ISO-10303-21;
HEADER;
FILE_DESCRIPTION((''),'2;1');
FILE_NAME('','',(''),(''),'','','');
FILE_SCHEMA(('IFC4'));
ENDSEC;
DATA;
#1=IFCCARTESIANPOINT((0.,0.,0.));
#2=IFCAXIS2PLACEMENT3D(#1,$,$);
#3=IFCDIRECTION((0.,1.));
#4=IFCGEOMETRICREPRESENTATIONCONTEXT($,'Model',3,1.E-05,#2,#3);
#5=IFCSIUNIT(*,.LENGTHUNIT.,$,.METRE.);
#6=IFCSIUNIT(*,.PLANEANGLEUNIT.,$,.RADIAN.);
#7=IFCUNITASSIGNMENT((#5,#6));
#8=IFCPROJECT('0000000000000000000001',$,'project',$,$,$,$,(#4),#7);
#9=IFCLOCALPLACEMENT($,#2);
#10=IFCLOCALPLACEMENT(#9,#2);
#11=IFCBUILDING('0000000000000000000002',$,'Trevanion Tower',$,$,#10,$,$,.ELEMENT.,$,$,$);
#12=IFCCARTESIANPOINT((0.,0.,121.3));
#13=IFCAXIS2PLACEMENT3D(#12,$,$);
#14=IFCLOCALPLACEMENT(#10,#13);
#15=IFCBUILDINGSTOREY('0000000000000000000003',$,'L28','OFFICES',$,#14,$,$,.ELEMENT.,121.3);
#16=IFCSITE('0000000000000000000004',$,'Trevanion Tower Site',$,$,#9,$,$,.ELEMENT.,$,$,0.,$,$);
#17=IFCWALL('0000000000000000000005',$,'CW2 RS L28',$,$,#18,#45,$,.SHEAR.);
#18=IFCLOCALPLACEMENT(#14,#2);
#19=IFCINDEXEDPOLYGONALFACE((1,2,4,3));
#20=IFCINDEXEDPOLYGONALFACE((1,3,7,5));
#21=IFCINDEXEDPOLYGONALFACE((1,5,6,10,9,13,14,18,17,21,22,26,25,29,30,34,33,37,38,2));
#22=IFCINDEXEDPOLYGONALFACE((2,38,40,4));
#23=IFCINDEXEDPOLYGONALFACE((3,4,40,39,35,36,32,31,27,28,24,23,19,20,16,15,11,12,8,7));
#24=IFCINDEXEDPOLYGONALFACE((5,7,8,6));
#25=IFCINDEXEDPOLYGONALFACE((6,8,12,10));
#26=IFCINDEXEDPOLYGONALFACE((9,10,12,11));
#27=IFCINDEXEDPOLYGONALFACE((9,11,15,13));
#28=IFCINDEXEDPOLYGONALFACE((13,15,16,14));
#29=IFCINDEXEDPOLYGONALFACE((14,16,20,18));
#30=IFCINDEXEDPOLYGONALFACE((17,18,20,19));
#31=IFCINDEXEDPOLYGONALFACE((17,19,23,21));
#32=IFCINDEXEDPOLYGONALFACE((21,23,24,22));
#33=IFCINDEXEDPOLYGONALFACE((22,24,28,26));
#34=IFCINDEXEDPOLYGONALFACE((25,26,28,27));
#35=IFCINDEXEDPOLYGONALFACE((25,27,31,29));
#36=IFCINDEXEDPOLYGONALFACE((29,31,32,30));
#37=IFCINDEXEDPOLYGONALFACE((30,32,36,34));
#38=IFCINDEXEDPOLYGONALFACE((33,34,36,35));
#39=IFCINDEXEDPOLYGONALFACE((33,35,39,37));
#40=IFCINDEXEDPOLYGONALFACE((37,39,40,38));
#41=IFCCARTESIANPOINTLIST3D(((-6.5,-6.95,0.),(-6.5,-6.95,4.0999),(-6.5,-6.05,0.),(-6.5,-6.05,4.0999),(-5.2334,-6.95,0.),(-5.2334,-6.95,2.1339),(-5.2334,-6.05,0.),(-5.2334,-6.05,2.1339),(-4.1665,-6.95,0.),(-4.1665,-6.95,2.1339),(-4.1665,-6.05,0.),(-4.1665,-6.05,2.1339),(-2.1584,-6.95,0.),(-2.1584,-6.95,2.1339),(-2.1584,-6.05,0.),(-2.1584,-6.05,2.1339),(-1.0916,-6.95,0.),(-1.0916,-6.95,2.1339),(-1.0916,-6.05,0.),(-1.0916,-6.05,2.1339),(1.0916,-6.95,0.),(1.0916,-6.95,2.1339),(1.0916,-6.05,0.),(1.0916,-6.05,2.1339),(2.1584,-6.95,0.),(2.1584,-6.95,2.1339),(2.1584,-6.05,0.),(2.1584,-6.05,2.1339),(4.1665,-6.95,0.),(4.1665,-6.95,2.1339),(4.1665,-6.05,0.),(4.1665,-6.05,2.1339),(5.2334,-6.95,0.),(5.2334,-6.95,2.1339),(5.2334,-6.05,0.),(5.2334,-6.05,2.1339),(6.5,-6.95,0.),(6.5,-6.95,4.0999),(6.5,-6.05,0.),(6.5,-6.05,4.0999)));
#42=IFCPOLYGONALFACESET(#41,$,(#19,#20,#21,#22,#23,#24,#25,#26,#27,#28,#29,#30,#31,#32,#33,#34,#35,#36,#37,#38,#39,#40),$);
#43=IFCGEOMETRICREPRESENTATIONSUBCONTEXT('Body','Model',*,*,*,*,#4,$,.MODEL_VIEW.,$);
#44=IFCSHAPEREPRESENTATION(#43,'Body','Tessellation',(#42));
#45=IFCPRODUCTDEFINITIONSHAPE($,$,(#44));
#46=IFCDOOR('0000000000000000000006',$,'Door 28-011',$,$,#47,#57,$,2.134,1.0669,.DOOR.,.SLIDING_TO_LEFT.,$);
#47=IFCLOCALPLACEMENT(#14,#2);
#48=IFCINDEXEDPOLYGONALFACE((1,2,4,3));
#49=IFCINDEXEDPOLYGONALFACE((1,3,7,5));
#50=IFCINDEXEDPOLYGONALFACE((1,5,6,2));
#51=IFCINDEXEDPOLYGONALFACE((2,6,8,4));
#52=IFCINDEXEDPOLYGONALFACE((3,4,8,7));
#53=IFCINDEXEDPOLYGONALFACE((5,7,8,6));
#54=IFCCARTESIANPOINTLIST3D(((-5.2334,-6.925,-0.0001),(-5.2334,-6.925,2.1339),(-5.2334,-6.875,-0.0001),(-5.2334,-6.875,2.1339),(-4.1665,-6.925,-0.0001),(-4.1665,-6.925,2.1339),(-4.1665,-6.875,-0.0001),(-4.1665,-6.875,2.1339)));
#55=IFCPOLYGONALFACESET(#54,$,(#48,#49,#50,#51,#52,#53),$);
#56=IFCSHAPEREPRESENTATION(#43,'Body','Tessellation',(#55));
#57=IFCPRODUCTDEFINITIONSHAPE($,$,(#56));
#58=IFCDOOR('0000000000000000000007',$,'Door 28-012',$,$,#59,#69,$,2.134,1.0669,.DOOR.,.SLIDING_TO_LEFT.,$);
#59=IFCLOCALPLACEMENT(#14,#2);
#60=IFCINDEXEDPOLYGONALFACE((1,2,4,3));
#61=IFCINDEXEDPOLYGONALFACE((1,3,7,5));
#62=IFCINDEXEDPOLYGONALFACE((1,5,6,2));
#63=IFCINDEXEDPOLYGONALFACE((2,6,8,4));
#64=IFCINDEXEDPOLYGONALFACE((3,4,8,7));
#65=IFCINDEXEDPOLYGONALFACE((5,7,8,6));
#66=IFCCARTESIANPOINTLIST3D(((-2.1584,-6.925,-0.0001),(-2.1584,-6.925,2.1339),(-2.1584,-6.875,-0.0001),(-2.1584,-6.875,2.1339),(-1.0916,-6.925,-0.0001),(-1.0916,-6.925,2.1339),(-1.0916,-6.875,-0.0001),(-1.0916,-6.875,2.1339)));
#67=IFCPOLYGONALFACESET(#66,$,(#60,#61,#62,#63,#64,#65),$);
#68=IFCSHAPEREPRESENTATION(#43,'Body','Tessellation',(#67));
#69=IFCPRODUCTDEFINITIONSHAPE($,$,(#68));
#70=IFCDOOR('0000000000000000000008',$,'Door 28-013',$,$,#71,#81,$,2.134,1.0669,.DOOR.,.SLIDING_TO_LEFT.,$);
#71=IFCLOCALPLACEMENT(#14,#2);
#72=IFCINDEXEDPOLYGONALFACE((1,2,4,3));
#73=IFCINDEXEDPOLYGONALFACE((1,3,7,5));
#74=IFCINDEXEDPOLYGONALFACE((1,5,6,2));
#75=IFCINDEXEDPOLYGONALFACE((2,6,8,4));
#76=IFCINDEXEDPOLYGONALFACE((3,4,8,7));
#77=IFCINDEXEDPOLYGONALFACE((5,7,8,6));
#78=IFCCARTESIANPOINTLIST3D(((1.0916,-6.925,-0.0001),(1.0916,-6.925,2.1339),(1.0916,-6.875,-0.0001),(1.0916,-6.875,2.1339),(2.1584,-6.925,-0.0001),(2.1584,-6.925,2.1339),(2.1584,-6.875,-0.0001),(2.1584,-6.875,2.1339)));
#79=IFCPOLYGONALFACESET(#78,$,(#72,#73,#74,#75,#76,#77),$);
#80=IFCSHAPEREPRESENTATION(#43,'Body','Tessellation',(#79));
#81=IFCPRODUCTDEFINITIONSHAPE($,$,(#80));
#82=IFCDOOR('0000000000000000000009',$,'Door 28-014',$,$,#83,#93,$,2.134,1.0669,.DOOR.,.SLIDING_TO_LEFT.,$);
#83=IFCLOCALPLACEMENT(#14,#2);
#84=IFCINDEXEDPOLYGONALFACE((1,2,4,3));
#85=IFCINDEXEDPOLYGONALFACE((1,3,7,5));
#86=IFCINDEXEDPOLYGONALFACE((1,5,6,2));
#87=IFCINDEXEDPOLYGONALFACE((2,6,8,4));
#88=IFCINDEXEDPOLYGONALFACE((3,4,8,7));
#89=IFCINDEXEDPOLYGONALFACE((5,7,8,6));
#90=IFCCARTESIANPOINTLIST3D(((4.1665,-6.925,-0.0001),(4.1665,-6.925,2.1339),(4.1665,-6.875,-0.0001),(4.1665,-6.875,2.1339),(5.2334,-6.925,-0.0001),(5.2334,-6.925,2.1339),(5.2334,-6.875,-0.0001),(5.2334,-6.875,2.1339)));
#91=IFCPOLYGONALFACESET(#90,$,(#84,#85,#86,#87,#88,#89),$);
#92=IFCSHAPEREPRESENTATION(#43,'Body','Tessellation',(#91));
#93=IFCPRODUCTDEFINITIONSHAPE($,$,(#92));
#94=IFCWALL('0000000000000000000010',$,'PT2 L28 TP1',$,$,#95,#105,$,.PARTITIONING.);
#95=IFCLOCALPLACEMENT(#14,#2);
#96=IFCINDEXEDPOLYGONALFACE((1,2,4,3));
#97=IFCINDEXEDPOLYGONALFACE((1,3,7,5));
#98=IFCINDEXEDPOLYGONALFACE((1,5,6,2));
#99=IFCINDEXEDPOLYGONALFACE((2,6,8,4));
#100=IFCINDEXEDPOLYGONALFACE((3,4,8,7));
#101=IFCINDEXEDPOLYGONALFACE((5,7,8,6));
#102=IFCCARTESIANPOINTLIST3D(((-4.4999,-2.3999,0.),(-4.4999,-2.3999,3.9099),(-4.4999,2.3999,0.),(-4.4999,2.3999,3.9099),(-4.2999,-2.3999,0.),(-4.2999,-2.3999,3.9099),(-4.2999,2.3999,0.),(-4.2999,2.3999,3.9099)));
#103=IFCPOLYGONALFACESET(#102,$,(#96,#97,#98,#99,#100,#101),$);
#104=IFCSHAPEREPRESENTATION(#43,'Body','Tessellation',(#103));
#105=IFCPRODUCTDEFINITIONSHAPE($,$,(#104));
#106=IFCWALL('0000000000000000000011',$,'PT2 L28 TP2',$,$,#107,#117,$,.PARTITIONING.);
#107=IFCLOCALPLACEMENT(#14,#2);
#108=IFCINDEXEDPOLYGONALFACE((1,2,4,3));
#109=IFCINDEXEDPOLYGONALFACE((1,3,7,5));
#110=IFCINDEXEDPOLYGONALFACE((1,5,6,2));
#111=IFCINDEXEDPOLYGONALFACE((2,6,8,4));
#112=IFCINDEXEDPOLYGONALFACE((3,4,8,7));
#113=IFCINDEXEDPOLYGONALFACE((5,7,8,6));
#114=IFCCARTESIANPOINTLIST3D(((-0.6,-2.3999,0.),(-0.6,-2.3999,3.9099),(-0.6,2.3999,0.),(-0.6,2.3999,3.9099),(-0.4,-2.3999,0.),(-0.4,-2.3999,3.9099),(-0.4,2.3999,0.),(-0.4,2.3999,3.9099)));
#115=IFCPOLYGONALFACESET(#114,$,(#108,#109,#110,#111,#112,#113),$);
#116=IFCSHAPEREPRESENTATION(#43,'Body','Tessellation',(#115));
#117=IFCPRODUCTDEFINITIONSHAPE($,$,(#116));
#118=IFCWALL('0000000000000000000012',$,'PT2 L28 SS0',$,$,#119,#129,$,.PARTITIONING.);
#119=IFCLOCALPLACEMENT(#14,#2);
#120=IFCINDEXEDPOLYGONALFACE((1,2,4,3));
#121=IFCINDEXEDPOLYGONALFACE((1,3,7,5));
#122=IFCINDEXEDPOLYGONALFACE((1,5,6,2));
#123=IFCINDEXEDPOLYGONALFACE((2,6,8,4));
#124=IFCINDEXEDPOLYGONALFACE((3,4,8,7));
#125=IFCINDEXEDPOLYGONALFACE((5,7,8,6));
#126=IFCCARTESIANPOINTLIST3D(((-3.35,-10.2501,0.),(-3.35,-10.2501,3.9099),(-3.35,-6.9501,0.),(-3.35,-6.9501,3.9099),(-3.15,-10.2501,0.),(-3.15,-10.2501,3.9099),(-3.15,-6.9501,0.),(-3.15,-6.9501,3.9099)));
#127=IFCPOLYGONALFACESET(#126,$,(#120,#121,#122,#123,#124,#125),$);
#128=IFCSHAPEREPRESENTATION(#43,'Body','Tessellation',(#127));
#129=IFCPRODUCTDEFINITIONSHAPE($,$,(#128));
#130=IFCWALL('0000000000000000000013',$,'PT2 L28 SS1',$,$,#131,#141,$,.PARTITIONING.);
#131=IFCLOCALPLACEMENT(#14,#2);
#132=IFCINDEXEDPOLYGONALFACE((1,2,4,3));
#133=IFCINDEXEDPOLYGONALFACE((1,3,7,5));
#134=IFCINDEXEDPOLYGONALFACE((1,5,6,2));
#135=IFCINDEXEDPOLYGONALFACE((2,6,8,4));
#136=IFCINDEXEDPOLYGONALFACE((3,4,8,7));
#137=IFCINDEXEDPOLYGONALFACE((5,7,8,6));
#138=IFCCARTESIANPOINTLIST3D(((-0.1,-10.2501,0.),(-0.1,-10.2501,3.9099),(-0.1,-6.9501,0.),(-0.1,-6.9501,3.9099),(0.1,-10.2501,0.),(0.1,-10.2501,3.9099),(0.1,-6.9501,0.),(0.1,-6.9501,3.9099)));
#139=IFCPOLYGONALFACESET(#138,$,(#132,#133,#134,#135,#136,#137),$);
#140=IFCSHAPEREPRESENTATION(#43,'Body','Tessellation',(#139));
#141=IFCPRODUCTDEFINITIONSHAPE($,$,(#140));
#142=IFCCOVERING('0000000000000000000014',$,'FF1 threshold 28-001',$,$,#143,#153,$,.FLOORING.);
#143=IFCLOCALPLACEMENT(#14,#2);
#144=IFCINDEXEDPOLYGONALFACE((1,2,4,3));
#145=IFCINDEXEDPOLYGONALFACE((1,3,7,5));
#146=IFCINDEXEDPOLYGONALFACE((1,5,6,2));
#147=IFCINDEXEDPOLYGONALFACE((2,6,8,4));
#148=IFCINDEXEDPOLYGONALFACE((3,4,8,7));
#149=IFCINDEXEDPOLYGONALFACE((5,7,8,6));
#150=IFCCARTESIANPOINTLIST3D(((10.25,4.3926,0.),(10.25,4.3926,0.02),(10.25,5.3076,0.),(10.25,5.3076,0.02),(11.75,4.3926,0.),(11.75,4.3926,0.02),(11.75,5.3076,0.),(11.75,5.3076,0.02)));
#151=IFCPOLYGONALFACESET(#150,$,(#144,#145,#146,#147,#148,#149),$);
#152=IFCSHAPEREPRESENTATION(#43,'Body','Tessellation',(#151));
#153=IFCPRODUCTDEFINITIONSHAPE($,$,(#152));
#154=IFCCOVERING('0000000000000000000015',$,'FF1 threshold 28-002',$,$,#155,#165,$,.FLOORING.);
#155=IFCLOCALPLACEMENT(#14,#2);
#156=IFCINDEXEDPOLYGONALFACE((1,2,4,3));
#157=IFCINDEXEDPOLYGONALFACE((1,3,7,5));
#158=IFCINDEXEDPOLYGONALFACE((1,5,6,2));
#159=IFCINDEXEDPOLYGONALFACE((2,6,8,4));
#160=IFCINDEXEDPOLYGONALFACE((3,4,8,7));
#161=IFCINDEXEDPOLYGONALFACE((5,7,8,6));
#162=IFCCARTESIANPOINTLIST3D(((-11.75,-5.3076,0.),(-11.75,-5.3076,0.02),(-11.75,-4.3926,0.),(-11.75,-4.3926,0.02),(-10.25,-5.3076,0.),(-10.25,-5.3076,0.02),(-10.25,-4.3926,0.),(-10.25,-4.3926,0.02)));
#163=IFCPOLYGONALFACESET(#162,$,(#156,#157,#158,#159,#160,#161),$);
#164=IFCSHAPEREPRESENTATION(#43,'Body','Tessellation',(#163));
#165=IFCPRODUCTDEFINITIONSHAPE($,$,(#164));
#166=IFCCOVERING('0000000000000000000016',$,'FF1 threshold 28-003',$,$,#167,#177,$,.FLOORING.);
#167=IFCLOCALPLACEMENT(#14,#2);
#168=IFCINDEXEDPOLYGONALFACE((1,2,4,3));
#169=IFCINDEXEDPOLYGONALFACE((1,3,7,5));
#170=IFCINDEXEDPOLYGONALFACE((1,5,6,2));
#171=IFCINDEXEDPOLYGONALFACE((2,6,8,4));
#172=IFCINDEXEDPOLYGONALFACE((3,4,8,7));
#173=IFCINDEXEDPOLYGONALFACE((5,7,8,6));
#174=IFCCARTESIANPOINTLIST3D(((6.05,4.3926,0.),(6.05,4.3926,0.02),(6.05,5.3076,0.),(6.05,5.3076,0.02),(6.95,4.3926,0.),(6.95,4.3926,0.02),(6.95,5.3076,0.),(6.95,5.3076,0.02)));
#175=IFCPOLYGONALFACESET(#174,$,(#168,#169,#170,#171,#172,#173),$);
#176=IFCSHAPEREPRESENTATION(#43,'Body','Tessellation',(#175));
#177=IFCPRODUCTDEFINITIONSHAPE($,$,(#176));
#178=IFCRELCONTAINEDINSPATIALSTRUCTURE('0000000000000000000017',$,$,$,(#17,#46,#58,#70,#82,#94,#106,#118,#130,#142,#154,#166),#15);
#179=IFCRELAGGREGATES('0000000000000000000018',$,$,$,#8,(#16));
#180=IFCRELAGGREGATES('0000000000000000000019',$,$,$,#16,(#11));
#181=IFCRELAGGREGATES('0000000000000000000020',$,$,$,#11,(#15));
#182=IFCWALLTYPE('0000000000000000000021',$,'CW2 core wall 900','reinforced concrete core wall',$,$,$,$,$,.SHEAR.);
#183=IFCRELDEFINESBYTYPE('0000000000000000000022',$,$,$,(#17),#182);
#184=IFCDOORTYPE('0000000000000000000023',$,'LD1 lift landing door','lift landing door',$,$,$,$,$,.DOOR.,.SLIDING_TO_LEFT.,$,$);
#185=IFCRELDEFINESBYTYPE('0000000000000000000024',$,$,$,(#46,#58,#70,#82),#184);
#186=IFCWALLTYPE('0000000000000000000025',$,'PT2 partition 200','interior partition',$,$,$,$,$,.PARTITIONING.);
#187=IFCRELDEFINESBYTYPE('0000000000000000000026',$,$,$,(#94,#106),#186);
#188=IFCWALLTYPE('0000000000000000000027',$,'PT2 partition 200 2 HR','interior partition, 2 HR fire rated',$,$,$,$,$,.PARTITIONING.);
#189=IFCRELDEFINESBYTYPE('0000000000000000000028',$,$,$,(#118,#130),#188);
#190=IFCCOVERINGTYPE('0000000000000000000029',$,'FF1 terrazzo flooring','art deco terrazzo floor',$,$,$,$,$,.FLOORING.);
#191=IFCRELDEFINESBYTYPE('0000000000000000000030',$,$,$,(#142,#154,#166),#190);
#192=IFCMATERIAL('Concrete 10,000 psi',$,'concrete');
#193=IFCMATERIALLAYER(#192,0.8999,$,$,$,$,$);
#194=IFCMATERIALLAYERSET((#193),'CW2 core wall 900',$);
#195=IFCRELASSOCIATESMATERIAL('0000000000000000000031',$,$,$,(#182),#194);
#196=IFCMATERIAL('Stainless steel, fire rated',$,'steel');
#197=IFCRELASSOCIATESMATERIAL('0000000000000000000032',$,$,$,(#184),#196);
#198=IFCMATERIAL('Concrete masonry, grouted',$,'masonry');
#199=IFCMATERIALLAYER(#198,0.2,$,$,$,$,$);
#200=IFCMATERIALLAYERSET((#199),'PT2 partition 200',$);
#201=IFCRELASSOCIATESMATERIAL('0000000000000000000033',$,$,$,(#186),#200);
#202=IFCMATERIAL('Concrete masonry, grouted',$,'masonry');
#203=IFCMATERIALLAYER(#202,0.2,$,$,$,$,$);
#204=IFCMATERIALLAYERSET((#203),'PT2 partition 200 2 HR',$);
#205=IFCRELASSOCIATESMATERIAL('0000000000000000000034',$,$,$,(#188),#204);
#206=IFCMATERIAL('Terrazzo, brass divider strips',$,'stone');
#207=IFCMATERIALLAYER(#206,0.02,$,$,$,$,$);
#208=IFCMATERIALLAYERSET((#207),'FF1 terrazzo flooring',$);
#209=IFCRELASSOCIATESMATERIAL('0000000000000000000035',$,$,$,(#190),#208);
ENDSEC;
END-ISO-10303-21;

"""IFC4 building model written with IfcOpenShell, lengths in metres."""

from ifc_helpers import new_model, si_unit, direction, frame, frame_2d, origin, place, context, subcontext, project, spatial, polyline, rectangle, outline, extrude, material, layer, layer_set, type_object, element, fill, save


model = new_model("IFC4")

# Units and contexts
model_context = context("Model", 3, precision=1e-05, world=origin(), true_north=direction((0.0, 1.0)))
body_context = subcontext(model_context, "Body", "Model", "MODEL_VIEW")
ifc_project = project(units=[si_unit("LENGTHUNIT", "METRE"), si_unit("PLANEANGLEUNIT", "RADIAN")], contexts=[model_context])

# Site, building, storey
site_placement = place(None, origin())
site = spatial("IfcSite", under=ifc_project, at=site_placement, Name="Trevanion Tower Site", CompositionType="ELEMENT", RefElevation=0.0)
building_placement = place(site_placement, origin())
building = spatial("IfcBuilding", under=site, at=building_placement, Name="Trevanion Tower", CompositionType="ELEMENT")
storey_placement = place(building_placement, frame((0.0, 0.0, 121.3)))
storey = spatial("IfcBuildingStorey", under=building, at=storey_placement, Name="L28", Description="OFFICES", CompositionType="ELEMENT", Elevation=121.3)

# Wall, openings, doors
ifc_material_1 = material(Name="Concrete 10,000 psi", Category="concrete")
ifc_layer_1 = layer(ifc_material_1, 0.8999)
ifc_layer_set_1 = layer_set([ifc_layer_1], Name="CW2 core wall 900")
wall_type_1 = type_object("IfcWallType", Name="CW2 core wall 900", Description="reinforced concrete core wall", PredefinedType="SHEAR", material=ifc_layer_set_1)
wall_placement = place(storey_placement, frame((-6.5, -6.5, 0.0), z_axis=(0.0, 0.0, 1.0), x_axis=(1.0, 0.0, 0.0)))
wall = element("IfcWall", 1, at=wall_placement, inside=storey, type_object=wall_type_1, Name="CW2 RS L28", PredefinedType="SHEAR", context=body_context, shape_type="SweptSolid", body=[
    extrude(rectangle(XDim=13.0, YDim=0.8999, at=frame_2d((6.5, 0.0))), origin(), (0.0, 0.0, 1.0), 4.0999),
])
opening_1_placement = place(wall_placement, frame((1.2666, 0.0, 0.0)))
opening_1 = element("IfcOpeningElement", 2, at=opening_1_placement, cuts=wall, PredefinedType="OPENING", context=body_context, shape_type="SweptSolid", body=[
    extrude(rectangle(XDim=1.0669, YDim=2.134, at=frame_2d((0.5334, 1.0669))), frame((0.0, 0.46, 0.0), z_axis=(0.0, -1.0, 0.0), x_axis=(1.0, 0.0, 0.0)), (0.0, 0.0, 1.0), 0.9199),
])
opening_2_placement = place(wall_placement, frame((4.3416, 0.0, 0.0)))
opening_2 = element("IfcOpeningElement", 3, at=opening_2_placement, cuts=wall, PredefinedType="OPENING", context=body_context, shape_type="SweptSolid", body=[
    extrude(rectangle(XDim=1.0669, YDim=2.134, at=frame_2d((0.5334, 1.0669))), frame((0.0, 0.46, 0.0), z_axis=(0.0, -1.0, 0.0), x_axis=(1.0, 0.0, 0.0)), (0.0, 0.0, 1.0), 0.9199),
])
opening_3_placement = place(wall_placement, frame((7.5916, 0.0, 0.0)))
opening_3 = element("IfcOpeningElement", 4, at=opening_3_placement, cuts=wall, PredefinedType="OPENING", context=body_context, shape_type="SweptSolid", body=[
    extrude(rectangle(XDim=1.0669, YDim=2.134, at=frame_2d((0.5334, 1.0669))), frame((0.0, 0.46, 0.0), z_axis=(0.0, -1.0, 0.0), x_axis=(1.0, 0.0, 0.0)), (0.0, 0.0, 1.0), 0.9199),
])
opening_4_placement = place(wall_placement, frame((10.6665, 0.0, 0.0)))
opening_4 = element("IfcOpeningElement", 5, at=opening_4_placement, cuts=wall, PredefinedType="OPENING", context=body_context, shape_type="SweptSolid", body=[
    extrude(rectangle(XDim=1.0669, YDim=2.134, at=frame_2d((0.5334, 1.0669))), frame((0.0, 0.46, 0.0), z_axis=(0.0, -1.0, 0.0), x_axis=(1.0, 0.0, 0.0)), (0.0, 0.0, 1.0), 0.9199),
])
ifc_material_2 = material(Name="Stainless steel, fire rated", Category="steel")
door_type = type_object("IfcDoorType", Name="LD1 lift landing door", Description="lift landing door", OperationType="SLIDING_TO_LEFT", PredefinedType="DOOR", material=ifc_material_2)
door_1_placement = place(opening_1_placement, origin())
door_1 = element("IfcDoor", 6, at=door_1_placement, inside=storey, type_object=door_type, Name="Door 28-011", OperationType="SLIDING_TO_LEFT", OverallHeight=2.134, OverallWidth=1.0669, PredefinedType="DOOR", context=body_context, shape_type="SweptSolid", body=[
    extrude(rectangle(XDim=1.0669, YDim=2.134, at=frame_2d((0.5334, 1.0669))), frame((0.0, -0.375, 0.0), z_axis=(0.0, -1.0, 0.0), x_axis=(1.0, 0.0, 0.0)), (0.0, 0.0, 1.0), 0.05),
])
fill(opening_1, door_1)
door_2_placement = place(opening_2_placement, origin())
door_2 = element("IfcDoor", 7, at=door_2_placement, inside=storey, type_object=door_type, Name="Door 28-012", OperationType="SLIDING_TO_LEFT", OverallHeight=2.134, OverallWidth=1.0669, PredefinedType="DOOR", context=body_context, shape_type="SweptSolid", body=[
    extrude(rectangle(XDim=1.0669, YDim=2.134, at=frame_2d((0.5334, 1.0669))), frame((0.0, -0.375, 0.0), z_axis=(0.0, -1.0, 0.0), x_axis=(1.0, 0.0, 0.0)), (0.0, 0.0, 1.0), 0.05),
])
fill(opening_2, door_2)
door_3_placement = place(opening_3_placement, origin())
door_3 = element("IfcDoor", 8, at=door_3_placement, inside=storey, type_object=door_type, Name="Door 28-013", OperationType="SLIDING_TO_LEFT", OverallHeight=2.134, OverallWidth=1.0669, PredefinedType="DOOR", context=body_context, shape_type="SweptSolid", body=[
    extrude(rectangle(XDim=1.0669, YDim=2.134, at=frame_2d((0.5334, 1.0669))), frame((0.0, -0.375, 0.0), z_axis=(0.0, -1.0, 0.0), x_axis=(1.0, 0.0, 0.0)), (0.0, 0.0, 1.0), 0.05),
])
fill(opening_3, door_3)
door_4_placement = place(opening_4_placement, origin())
door_4 = element("IfcDoor", 9, at=door_4_placement, inside=storey, type_object=door_type, Name="Door 28-014", OperationType="SLIDING_TO_LEFT", OverallHeight=2.134, OverallWidth=1.0669, PredefinedType="DOOR", context=body_context, shape_type="SweptSolid", body=[
    extrude(rectangle(XDim=1.0669, YDim=2.134, at=frame_2d((0.5334, 1.0669))), frame((0.0, -0.375, 0.0), z_axis=(0.0, -1.0, 0.0), x_axis=(1.0, 0.0, 0.0)), (0.0, 0.0, 1.0), 0.05),
])
fill(opening_4, door_4)

# Walls
ifc_material_3 = material(Name="Concrete masonry, grouted", Category="masonry")
ifc_layer_2 = layer(ifc_material_3, 0.2)
ifc_layer_set_2 = layer_set([ifc_layer_2], Name="PT2 partition 200")
wall_type_2 = type_object("IfcWallType", Name="PT2 partition 200", Description="interior partition", PredefinedType="PARTITIONING", material=ifc_layer_set_2)
for number, where, z_axis, x_axis, name in (
    (10, (-4.3999, -2.3999, 0.0), (0.0, 0.0, 1.0), (0.0, 1.0, 0.0), "PT2 L28 TP1"),
    (11, (-0.5, -2.3999, 0.0), (0.0, 0.0, 1.0), (0.0, 1.0, 0.0), "PT2 L28 TP2"),
):
    element("IfcWall", number, at=place(storey_placement, frame(where, z_axis=z_axis, x_axis=x_axis)), inside=storey, type_object=wall_type_2, Name=name, PredefinedType="PARTITIONING", context=body_context, shape_type="SweptSolid", body=[
        extrude(rectangle(XDim=4.7998, YDim=0.2, at=frame_2d((2.3999, 0.0))), origin(), (0.0, 0.0, 1.0), 3.9099),
    ])
ifc_material_4 = material(Name="Concrete masonry, grouted", Category="masonry")
ifc_layer_3 = layer(ifc_material_4, 0.2)
ifc_layer_set_3 = layer_set([ifc_layer_3], Name="PT2 partition 200 2 HR")
wall_type_3 = type_object("IfcWallType", Name="PT2 partition 200 2 HR", Description="interior partition, 2 HR fire rated", PredefinedType="PARTITIONING", material=ifc_layer_set_3)
for number, where, z_axis, x_axis, name in (
    (12, (-3.25, -10.25, 0.0), (0.0, 0.0, 1.0), (0.0, 1.0, 0.0), "PT2 L28 SS0"),
    (13, (0.0, -10.25, 0.0), (0.0, 0.0, 1.0), (0.0, 1.0, 0.0), "PT2 L28 SS1"),
):
    element("IfcWall", number, at=place(storey_placement, frame(where, z_axis=z_axis, x_axis=x_axis)), inside=storey, type_object=wall_type_3, Name=name, PredefinedType="PARTITIONING", context=body_context, shape_type="SweptSolid", body=[
        extrude(rectangle(XDim=3.3, YDim=0.2, at=frame_2d((1.6499, 0.0))), origin(), (0.0, 0.0, 1.0), 3.9099),
    ])

# Coverings
ifc_material_5 = material(Name="Terrazzo, brass divider strips", Category="stone")
ifc_layer_4 = layer(ifc_material_5, 0.02)
ifc_layer_set_4 = layer_set([ifc_layer_4], Name="FF1 terrazzo flooring")
covering_type = type_object("IfcCoveringType", Name="FF1 terrazzo flooring", Description="art deco terrazzo floor", PredefinedType="FLOORING", material=ifc_layer_set_4)
covering_1_placement = place(storey_placement, origin())
element("IfcCovering", 14, at=covering_1_placement, inside=storey, type_object=covering_type, Name="FF1 threshold 28-001", PredefinedType="FLOORING", context=body_context, shape_type="SweptSolid", body=[
    extrude(outline(polyline([(11.75, 4.3926), (11.75, 5.3076), (10.25, 5.3076), (10.25, 4.3926), (11.75, 4.3926)])), origin(), (0.0, 0.0, 1.0), 0.02),
])
covering_2_placement = place(storey_placement, origin())
element("IfcCovering", 15, at=covering_2_placement, inside=storey, type_object=covering_type, Name="FF1 threshold 28-002", PredefinedType="FLOORING", context=body_context, shape_type="SweptSolid", body=[
    extrude(outline(polyline([(-11.75, -4.3926), (-11.75, -5.3076), (-10.25, -5.3076), (-10.25, -4.3926), (-11.75, -4.3926)])), origin(), (0.0, 0.0, 1.0), 0.02),
])
covering_3_placement = place(storey_placement, origin())
element("IfcCovering", 16, at=covering_3_placement, inside=storey, type_object=covering_type, Name="FF1 threshold 28-003", PredefinedType="FLOORING", context=body_context, shape_type="SweptSolid", body=[
    extrude(outline(polyline([(6.95, 4.3926), (6.95, 5.3076), (6.05, 5.3076), (6.05, 4.3926), (6.95, 4.3926)])), origin(), (0.0, 0.0, 1.0), 0.02),
])

save(model, "model.ifc")
